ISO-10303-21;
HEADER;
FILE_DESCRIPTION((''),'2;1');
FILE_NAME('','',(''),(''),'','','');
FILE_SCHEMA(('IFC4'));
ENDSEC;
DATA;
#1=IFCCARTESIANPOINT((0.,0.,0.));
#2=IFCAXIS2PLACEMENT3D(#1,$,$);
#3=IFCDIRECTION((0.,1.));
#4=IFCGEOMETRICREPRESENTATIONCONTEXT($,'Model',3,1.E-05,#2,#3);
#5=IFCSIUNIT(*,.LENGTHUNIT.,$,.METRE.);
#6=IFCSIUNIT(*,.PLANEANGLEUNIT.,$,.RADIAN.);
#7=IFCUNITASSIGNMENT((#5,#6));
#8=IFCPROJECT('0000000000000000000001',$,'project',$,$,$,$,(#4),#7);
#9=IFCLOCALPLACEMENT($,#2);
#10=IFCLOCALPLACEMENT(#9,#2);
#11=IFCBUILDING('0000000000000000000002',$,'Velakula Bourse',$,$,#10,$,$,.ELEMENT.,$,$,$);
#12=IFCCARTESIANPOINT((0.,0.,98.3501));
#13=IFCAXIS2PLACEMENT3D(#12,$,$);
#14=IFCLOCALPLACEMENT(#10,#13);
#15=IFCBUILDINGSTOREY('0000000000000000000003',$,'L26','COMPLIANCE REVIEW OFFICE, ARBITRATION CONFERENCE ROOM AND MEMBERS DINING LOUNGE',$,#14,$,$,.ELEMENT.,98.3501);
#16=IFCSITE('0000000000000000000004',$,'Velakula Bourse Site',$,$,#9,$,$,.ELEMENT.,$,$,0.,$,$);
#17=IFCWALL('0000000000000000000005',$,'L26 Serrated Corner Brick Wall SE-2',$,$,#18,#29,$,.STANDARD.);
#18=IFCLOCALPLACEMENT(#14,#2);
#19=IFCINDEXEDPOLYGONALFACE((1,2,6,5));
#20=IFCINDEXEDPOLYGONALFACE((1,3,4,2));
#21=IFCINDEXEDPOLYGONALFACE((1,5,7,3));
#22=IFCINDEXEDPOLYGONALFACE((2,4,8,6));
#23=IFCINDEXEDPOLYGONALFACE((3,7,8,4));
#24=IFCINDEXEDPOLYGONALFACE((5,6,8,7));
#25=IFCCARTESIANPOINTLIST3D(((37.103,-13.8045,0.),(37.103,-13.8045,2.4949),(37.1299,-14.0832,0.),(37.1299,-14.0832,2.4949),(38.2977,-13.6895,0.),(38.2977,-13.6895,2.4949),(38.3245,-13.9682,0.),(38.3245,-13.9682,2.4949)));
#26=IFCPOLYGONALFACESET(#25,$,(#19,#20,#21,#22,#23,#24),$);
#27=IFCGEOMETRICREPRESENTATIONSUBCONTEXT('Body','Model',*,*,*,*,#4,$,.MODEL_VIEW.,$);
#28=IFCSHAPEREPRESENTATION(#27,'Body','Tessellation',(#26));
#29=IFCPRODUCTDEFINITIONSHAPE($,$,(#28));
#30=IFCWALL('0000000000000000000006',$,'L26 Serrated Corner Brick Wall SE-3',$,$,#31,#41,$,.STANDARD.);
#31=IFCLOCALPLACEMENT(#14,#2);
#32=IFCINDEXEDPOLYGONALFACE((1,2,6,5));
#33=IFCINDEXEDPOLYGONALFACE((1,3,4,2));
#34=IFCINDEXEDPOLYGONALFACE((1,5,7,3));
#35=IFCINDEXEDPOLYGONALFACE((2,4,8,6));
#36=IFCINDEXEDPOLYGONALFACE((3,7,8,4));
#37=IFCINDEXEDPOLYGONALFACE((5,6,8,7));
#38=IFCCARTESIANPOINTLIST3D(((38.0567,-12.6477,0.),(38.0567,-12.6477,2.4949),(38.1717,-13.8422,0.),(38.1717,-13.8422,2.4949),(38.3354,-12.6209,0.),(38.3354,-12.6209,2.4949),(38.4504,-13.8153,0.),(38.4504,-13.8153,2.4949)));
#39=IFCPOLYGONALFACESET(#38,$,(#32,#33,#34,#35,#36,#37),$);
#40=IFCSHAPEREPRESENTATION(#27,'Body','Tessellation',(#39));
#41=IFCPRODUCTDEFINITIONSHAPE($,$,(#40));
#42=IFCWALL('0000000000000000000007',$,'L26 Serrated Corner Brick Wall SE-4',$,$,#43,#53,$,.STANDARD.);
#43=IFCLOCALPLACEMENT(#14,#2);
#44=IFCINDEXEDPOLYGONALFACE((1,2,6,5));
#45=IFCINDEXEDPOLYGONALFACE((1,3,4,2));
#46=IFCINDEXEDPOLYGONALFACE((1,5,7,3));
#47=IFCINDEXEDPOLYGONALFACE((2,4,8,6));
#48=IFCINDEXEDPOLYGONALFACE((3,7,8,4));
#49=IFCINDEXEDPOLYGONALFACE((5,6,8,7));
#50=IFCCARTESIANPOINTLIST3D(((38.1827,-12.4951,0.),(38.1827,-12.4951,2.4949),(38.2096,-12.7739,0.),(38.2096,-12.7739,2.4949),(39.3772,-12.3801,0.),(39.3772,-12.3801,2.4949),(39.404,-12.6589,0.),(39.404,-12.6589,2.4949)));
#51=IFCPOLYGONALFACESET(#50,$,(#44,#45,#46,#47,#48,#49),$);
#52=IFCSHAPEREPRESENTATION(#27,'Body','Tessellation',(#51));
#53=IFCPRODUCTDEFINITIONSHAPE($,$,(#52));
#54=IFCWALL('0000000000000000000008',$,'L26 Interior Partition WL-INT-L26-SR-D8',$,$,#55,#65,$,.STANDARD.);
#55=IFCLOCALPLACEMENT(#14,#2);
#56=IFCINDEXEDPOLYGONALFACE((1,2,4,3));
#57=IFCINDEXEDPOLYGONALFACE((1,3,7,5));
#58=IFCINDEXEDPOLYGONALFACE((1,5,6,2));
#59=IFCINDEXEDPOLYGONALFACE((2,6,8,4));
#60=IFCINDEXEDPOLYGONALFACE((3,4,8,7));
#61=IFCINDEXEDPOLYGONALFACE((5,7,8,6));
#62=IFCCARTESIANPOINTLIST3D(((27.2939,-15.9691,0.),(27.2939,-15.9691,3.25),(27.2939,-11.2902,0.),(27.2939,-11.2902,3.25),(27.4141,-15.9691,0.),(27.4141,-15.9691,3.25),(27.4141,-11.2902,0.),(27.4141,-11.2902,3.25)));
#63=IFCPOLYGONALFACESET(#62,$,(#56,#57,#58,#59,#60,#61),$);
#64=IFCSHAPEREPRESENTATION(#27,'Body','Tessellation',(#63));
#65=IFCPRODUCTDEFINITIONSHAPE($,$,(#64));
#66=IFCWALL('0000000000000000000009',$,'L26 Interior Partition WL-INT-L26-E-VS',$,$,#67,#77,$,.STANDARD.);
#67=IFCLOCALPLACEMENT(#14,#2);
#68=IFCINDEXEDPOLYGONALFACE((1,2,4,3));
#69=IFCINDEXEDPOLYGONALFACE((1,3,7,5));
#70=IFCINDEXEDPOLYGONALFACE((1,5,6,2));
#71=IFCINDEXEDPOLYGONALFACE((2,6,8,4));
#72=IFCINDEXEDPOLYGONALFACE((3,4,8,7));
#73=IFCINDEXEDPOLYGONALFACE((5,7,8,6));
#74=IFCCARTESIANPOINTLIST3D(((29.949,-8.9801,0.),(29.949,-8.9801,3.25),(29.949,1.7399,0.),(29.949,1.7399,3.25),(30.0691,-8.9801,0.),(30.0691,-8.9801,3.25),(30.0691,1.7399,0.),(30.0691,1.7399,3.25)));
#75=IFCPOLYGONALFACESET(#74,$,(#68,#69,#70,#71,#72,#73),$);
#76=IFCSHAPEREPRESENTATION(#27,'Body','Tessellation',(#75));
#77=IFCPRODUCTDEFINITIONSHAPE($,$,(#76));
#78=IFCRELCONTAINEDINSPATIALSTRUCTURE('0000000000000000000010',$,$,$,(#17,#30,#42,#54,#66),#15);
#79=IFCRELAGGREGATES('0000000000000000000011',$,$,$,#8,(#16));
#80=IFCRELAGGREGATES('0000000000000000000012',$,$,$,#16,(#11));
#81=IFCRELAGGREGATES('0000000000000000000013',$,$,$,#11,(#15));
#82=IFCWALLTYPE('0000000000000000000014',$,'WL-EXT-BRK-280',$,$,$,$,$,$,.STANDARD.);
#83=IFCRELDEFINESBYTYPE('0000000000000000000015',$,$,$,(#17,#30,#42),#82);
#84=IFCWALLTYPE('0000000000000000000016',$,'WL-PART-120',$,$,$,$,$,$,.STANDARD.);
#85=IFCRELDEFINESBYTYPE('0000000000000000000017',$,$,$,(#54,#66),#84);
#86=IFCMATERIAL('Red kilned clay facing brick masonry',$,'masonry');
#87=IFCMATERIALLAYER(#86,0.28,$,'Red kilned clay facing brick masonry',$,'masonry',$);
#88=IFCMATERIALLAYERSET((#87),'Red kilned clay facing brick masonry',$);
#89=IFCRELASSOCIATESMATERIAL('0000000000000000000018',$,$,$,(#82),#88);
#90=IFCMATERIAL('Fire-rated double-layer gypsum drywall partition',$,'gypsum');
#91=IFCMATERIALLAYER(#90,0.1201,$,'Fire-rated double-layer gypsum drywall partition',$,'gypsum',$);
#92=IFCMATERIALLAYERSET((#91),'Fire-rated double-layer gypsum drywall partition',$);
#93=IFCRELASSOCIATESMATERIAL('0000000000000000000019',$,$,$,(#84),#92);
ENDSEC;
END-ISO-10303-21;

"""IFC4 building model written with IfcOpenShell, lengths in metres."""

from ifc_helpers import new_model, si_unit, direction, frame, frame_2d, origin, place, context, subcontext, project, spatial, rectangle, extrude, material, layer, layer_set, type_object, element, save


model = new_model("IFC4")

# Units and contexts
model_context = context("Model", 3, precision=1e-05, world=origin(), true_north=direction((0.0, 1.0)))
body_context = subcontext(model_context, "Body", "Model", "MODEL_VIEW")
ifc_project = project(units=[si_unit("LENGTHUNIT", "METRE"), si_unit("PLANEANGLEUNIT", "RADIAN")], contexts=[model_context])

# Site, building, storey
site_placement = place(None, origin())
site = spatial("IfcSite", under=ifc_project, at=site_placement, Name="Velakula Bourse Site", CompositionType="ELEMENT", RefElevation=0.0)
building_placement = place(site_placement, origin())
building = spatial("IfcBuilding", under=site, at=building_placement, Name="Velakula Bourse", CompositionType="ELEMENT")
storey_placement = place(building_placement, frame((0.0, 0.0, 98.3501)))
storey = spatial("IfcBuildingStorey", under=building, at=storey_placement, Name="L26", Description="COMPLIANCE REVIEW OFFICE, ARBITRATION CONFERENCE ROOM AND MEMBERS DINING LOUNGE", CompositionType="ELEMENT", Elevation=98.3501)

# Shared definitions
ifc_material_1 = material(Name="Red kilned clay facing brick masonry", Category="masonry")
ifc_layer_1 = layer(ifc_material_1, 0.28, Name="Red kilned clay facing brick masonry", Category="masonry")
ifc_layer_set_1 = layer_set([ifc_layer_1], Name="Red kilned clay facing brick masonry")
wall_type_1 = type_object("IfcWallType", Name="WL-EXT-BRK-280", PredefinedType="STANDARD", material=ifc_layer_set_1)

# Walls
for number, where, z_axis, x_axis, name in (
    (1, (37.1165, -13.9438, 0.0), (0.0, 0.0, 1.0), (0.995399, 0.095817, 0.0), "L26 Serrated Corner Brick Wall SE-2"),
):
    element("IfcWall", number, at=place(storey_placement, frame(where, z_axis=z_axis, x_axis=x_axis)), inside=storey, type_object=wall_type_1, Name=name, PredefinedType="STANDARD", context=body_context, shape_type="SweptSolid", body=[
        extrude(rectangle(XDim=1.2002, YDim=0.28, at=frame_2d((0.6001, 0.0))), origin(), (0.0, 0.0, 1.0), 2.4949),
    ])
for number, where, z_axis, x_axis, name in (
    (2, (38.311, -13.8289, 0.0), (0.0, 0.0, 1.0), (-0.095836, 0.995397, 0.0), "L26 Serrated Corner Brick Wall SE-3"),
    (3, (38.196, -12.6345, 0.0), (0.0, 0.0, 1.0), (0.995397, 0.095836, 0.0), "L26 Serrated Corner Brick Wall SE-4"),
):
    element("IfcWall", number, at=place(storey_placement, frame(where, z_axis=z_axis, x_axis=x_axis)), inside=storey, type_object=wall_type_1, Name=name, PredefinedType="STANDARD", context=body_context, shape_type="SweptSolid", body=[
        extrude(rectangle(XDim=1.2, YDim=0.28, at=frame_2d((0.6001, 0.0))), origin(), (0.0, 0.0, 1.0), 2.4949),
    ])
ifc_material_2 = material(Name="Fire-rated double-layer gypsum drywall partition", Category="gypsum")
ifc_layer_2 = layer(ifc_material_2, 0.1201, Name="Fire-rated double-layer gypsum drywall partition", Category="gypsum")
ifc_layer_set_2 = layer_set([ifc_layer_2], Name="Fire-rated double-layer gypsum drywall partition")
wall_type_2 = type_object("IfcWallType", Name="WL-PART-120", PredefinedType="STANDARD", material=ifc_layer_set_2)
wall_1_placement = place(storey_placement, frame((27.354, -15.969, 0.0), z_axis=(0.0, 0.0, 1.0), x_axis=(0.0, 1.0, 0.0)))
element("IfcWall", 4, at=wall_1_placement, inside=storey, type_object=wall_type_2, Name="L26 Interior Partition WL-INT-L26-SR-D8", PredefinedType="STANDARD", context=body_context, shape_type="SweptSolid", body=[
    extrude(rectangle(XDim=4.679, YDim=0.1201, at=frame_2d((2.3394, 0.0))), origin(), (0.0, 0.0, 1.0), 3.25),
])
wall_2_placement = place(storey_placement, frame((30.009, -8.98, 0.0), z_axis=(0.0, 0.0, 1.0), x_axis=(0.0, 1.0, 0.0)))
element("IfcWall", 5, at=wall_2_placement, inside=storey, type_object=wall_type_2, Name="L26 Interior Partition WL-INT-L26-E-VS", PredefinedType="STANDARD", context=body_context, shape_type="SweptSolid", body=[
    extrude(rectangle(XDim=10.72, YDim=0.1201, at=frame_2d((5.3599, 0.0))), origin(), (0.0, 0.0, 1.0), 3.25),
])

save(model, "model.ifc")
